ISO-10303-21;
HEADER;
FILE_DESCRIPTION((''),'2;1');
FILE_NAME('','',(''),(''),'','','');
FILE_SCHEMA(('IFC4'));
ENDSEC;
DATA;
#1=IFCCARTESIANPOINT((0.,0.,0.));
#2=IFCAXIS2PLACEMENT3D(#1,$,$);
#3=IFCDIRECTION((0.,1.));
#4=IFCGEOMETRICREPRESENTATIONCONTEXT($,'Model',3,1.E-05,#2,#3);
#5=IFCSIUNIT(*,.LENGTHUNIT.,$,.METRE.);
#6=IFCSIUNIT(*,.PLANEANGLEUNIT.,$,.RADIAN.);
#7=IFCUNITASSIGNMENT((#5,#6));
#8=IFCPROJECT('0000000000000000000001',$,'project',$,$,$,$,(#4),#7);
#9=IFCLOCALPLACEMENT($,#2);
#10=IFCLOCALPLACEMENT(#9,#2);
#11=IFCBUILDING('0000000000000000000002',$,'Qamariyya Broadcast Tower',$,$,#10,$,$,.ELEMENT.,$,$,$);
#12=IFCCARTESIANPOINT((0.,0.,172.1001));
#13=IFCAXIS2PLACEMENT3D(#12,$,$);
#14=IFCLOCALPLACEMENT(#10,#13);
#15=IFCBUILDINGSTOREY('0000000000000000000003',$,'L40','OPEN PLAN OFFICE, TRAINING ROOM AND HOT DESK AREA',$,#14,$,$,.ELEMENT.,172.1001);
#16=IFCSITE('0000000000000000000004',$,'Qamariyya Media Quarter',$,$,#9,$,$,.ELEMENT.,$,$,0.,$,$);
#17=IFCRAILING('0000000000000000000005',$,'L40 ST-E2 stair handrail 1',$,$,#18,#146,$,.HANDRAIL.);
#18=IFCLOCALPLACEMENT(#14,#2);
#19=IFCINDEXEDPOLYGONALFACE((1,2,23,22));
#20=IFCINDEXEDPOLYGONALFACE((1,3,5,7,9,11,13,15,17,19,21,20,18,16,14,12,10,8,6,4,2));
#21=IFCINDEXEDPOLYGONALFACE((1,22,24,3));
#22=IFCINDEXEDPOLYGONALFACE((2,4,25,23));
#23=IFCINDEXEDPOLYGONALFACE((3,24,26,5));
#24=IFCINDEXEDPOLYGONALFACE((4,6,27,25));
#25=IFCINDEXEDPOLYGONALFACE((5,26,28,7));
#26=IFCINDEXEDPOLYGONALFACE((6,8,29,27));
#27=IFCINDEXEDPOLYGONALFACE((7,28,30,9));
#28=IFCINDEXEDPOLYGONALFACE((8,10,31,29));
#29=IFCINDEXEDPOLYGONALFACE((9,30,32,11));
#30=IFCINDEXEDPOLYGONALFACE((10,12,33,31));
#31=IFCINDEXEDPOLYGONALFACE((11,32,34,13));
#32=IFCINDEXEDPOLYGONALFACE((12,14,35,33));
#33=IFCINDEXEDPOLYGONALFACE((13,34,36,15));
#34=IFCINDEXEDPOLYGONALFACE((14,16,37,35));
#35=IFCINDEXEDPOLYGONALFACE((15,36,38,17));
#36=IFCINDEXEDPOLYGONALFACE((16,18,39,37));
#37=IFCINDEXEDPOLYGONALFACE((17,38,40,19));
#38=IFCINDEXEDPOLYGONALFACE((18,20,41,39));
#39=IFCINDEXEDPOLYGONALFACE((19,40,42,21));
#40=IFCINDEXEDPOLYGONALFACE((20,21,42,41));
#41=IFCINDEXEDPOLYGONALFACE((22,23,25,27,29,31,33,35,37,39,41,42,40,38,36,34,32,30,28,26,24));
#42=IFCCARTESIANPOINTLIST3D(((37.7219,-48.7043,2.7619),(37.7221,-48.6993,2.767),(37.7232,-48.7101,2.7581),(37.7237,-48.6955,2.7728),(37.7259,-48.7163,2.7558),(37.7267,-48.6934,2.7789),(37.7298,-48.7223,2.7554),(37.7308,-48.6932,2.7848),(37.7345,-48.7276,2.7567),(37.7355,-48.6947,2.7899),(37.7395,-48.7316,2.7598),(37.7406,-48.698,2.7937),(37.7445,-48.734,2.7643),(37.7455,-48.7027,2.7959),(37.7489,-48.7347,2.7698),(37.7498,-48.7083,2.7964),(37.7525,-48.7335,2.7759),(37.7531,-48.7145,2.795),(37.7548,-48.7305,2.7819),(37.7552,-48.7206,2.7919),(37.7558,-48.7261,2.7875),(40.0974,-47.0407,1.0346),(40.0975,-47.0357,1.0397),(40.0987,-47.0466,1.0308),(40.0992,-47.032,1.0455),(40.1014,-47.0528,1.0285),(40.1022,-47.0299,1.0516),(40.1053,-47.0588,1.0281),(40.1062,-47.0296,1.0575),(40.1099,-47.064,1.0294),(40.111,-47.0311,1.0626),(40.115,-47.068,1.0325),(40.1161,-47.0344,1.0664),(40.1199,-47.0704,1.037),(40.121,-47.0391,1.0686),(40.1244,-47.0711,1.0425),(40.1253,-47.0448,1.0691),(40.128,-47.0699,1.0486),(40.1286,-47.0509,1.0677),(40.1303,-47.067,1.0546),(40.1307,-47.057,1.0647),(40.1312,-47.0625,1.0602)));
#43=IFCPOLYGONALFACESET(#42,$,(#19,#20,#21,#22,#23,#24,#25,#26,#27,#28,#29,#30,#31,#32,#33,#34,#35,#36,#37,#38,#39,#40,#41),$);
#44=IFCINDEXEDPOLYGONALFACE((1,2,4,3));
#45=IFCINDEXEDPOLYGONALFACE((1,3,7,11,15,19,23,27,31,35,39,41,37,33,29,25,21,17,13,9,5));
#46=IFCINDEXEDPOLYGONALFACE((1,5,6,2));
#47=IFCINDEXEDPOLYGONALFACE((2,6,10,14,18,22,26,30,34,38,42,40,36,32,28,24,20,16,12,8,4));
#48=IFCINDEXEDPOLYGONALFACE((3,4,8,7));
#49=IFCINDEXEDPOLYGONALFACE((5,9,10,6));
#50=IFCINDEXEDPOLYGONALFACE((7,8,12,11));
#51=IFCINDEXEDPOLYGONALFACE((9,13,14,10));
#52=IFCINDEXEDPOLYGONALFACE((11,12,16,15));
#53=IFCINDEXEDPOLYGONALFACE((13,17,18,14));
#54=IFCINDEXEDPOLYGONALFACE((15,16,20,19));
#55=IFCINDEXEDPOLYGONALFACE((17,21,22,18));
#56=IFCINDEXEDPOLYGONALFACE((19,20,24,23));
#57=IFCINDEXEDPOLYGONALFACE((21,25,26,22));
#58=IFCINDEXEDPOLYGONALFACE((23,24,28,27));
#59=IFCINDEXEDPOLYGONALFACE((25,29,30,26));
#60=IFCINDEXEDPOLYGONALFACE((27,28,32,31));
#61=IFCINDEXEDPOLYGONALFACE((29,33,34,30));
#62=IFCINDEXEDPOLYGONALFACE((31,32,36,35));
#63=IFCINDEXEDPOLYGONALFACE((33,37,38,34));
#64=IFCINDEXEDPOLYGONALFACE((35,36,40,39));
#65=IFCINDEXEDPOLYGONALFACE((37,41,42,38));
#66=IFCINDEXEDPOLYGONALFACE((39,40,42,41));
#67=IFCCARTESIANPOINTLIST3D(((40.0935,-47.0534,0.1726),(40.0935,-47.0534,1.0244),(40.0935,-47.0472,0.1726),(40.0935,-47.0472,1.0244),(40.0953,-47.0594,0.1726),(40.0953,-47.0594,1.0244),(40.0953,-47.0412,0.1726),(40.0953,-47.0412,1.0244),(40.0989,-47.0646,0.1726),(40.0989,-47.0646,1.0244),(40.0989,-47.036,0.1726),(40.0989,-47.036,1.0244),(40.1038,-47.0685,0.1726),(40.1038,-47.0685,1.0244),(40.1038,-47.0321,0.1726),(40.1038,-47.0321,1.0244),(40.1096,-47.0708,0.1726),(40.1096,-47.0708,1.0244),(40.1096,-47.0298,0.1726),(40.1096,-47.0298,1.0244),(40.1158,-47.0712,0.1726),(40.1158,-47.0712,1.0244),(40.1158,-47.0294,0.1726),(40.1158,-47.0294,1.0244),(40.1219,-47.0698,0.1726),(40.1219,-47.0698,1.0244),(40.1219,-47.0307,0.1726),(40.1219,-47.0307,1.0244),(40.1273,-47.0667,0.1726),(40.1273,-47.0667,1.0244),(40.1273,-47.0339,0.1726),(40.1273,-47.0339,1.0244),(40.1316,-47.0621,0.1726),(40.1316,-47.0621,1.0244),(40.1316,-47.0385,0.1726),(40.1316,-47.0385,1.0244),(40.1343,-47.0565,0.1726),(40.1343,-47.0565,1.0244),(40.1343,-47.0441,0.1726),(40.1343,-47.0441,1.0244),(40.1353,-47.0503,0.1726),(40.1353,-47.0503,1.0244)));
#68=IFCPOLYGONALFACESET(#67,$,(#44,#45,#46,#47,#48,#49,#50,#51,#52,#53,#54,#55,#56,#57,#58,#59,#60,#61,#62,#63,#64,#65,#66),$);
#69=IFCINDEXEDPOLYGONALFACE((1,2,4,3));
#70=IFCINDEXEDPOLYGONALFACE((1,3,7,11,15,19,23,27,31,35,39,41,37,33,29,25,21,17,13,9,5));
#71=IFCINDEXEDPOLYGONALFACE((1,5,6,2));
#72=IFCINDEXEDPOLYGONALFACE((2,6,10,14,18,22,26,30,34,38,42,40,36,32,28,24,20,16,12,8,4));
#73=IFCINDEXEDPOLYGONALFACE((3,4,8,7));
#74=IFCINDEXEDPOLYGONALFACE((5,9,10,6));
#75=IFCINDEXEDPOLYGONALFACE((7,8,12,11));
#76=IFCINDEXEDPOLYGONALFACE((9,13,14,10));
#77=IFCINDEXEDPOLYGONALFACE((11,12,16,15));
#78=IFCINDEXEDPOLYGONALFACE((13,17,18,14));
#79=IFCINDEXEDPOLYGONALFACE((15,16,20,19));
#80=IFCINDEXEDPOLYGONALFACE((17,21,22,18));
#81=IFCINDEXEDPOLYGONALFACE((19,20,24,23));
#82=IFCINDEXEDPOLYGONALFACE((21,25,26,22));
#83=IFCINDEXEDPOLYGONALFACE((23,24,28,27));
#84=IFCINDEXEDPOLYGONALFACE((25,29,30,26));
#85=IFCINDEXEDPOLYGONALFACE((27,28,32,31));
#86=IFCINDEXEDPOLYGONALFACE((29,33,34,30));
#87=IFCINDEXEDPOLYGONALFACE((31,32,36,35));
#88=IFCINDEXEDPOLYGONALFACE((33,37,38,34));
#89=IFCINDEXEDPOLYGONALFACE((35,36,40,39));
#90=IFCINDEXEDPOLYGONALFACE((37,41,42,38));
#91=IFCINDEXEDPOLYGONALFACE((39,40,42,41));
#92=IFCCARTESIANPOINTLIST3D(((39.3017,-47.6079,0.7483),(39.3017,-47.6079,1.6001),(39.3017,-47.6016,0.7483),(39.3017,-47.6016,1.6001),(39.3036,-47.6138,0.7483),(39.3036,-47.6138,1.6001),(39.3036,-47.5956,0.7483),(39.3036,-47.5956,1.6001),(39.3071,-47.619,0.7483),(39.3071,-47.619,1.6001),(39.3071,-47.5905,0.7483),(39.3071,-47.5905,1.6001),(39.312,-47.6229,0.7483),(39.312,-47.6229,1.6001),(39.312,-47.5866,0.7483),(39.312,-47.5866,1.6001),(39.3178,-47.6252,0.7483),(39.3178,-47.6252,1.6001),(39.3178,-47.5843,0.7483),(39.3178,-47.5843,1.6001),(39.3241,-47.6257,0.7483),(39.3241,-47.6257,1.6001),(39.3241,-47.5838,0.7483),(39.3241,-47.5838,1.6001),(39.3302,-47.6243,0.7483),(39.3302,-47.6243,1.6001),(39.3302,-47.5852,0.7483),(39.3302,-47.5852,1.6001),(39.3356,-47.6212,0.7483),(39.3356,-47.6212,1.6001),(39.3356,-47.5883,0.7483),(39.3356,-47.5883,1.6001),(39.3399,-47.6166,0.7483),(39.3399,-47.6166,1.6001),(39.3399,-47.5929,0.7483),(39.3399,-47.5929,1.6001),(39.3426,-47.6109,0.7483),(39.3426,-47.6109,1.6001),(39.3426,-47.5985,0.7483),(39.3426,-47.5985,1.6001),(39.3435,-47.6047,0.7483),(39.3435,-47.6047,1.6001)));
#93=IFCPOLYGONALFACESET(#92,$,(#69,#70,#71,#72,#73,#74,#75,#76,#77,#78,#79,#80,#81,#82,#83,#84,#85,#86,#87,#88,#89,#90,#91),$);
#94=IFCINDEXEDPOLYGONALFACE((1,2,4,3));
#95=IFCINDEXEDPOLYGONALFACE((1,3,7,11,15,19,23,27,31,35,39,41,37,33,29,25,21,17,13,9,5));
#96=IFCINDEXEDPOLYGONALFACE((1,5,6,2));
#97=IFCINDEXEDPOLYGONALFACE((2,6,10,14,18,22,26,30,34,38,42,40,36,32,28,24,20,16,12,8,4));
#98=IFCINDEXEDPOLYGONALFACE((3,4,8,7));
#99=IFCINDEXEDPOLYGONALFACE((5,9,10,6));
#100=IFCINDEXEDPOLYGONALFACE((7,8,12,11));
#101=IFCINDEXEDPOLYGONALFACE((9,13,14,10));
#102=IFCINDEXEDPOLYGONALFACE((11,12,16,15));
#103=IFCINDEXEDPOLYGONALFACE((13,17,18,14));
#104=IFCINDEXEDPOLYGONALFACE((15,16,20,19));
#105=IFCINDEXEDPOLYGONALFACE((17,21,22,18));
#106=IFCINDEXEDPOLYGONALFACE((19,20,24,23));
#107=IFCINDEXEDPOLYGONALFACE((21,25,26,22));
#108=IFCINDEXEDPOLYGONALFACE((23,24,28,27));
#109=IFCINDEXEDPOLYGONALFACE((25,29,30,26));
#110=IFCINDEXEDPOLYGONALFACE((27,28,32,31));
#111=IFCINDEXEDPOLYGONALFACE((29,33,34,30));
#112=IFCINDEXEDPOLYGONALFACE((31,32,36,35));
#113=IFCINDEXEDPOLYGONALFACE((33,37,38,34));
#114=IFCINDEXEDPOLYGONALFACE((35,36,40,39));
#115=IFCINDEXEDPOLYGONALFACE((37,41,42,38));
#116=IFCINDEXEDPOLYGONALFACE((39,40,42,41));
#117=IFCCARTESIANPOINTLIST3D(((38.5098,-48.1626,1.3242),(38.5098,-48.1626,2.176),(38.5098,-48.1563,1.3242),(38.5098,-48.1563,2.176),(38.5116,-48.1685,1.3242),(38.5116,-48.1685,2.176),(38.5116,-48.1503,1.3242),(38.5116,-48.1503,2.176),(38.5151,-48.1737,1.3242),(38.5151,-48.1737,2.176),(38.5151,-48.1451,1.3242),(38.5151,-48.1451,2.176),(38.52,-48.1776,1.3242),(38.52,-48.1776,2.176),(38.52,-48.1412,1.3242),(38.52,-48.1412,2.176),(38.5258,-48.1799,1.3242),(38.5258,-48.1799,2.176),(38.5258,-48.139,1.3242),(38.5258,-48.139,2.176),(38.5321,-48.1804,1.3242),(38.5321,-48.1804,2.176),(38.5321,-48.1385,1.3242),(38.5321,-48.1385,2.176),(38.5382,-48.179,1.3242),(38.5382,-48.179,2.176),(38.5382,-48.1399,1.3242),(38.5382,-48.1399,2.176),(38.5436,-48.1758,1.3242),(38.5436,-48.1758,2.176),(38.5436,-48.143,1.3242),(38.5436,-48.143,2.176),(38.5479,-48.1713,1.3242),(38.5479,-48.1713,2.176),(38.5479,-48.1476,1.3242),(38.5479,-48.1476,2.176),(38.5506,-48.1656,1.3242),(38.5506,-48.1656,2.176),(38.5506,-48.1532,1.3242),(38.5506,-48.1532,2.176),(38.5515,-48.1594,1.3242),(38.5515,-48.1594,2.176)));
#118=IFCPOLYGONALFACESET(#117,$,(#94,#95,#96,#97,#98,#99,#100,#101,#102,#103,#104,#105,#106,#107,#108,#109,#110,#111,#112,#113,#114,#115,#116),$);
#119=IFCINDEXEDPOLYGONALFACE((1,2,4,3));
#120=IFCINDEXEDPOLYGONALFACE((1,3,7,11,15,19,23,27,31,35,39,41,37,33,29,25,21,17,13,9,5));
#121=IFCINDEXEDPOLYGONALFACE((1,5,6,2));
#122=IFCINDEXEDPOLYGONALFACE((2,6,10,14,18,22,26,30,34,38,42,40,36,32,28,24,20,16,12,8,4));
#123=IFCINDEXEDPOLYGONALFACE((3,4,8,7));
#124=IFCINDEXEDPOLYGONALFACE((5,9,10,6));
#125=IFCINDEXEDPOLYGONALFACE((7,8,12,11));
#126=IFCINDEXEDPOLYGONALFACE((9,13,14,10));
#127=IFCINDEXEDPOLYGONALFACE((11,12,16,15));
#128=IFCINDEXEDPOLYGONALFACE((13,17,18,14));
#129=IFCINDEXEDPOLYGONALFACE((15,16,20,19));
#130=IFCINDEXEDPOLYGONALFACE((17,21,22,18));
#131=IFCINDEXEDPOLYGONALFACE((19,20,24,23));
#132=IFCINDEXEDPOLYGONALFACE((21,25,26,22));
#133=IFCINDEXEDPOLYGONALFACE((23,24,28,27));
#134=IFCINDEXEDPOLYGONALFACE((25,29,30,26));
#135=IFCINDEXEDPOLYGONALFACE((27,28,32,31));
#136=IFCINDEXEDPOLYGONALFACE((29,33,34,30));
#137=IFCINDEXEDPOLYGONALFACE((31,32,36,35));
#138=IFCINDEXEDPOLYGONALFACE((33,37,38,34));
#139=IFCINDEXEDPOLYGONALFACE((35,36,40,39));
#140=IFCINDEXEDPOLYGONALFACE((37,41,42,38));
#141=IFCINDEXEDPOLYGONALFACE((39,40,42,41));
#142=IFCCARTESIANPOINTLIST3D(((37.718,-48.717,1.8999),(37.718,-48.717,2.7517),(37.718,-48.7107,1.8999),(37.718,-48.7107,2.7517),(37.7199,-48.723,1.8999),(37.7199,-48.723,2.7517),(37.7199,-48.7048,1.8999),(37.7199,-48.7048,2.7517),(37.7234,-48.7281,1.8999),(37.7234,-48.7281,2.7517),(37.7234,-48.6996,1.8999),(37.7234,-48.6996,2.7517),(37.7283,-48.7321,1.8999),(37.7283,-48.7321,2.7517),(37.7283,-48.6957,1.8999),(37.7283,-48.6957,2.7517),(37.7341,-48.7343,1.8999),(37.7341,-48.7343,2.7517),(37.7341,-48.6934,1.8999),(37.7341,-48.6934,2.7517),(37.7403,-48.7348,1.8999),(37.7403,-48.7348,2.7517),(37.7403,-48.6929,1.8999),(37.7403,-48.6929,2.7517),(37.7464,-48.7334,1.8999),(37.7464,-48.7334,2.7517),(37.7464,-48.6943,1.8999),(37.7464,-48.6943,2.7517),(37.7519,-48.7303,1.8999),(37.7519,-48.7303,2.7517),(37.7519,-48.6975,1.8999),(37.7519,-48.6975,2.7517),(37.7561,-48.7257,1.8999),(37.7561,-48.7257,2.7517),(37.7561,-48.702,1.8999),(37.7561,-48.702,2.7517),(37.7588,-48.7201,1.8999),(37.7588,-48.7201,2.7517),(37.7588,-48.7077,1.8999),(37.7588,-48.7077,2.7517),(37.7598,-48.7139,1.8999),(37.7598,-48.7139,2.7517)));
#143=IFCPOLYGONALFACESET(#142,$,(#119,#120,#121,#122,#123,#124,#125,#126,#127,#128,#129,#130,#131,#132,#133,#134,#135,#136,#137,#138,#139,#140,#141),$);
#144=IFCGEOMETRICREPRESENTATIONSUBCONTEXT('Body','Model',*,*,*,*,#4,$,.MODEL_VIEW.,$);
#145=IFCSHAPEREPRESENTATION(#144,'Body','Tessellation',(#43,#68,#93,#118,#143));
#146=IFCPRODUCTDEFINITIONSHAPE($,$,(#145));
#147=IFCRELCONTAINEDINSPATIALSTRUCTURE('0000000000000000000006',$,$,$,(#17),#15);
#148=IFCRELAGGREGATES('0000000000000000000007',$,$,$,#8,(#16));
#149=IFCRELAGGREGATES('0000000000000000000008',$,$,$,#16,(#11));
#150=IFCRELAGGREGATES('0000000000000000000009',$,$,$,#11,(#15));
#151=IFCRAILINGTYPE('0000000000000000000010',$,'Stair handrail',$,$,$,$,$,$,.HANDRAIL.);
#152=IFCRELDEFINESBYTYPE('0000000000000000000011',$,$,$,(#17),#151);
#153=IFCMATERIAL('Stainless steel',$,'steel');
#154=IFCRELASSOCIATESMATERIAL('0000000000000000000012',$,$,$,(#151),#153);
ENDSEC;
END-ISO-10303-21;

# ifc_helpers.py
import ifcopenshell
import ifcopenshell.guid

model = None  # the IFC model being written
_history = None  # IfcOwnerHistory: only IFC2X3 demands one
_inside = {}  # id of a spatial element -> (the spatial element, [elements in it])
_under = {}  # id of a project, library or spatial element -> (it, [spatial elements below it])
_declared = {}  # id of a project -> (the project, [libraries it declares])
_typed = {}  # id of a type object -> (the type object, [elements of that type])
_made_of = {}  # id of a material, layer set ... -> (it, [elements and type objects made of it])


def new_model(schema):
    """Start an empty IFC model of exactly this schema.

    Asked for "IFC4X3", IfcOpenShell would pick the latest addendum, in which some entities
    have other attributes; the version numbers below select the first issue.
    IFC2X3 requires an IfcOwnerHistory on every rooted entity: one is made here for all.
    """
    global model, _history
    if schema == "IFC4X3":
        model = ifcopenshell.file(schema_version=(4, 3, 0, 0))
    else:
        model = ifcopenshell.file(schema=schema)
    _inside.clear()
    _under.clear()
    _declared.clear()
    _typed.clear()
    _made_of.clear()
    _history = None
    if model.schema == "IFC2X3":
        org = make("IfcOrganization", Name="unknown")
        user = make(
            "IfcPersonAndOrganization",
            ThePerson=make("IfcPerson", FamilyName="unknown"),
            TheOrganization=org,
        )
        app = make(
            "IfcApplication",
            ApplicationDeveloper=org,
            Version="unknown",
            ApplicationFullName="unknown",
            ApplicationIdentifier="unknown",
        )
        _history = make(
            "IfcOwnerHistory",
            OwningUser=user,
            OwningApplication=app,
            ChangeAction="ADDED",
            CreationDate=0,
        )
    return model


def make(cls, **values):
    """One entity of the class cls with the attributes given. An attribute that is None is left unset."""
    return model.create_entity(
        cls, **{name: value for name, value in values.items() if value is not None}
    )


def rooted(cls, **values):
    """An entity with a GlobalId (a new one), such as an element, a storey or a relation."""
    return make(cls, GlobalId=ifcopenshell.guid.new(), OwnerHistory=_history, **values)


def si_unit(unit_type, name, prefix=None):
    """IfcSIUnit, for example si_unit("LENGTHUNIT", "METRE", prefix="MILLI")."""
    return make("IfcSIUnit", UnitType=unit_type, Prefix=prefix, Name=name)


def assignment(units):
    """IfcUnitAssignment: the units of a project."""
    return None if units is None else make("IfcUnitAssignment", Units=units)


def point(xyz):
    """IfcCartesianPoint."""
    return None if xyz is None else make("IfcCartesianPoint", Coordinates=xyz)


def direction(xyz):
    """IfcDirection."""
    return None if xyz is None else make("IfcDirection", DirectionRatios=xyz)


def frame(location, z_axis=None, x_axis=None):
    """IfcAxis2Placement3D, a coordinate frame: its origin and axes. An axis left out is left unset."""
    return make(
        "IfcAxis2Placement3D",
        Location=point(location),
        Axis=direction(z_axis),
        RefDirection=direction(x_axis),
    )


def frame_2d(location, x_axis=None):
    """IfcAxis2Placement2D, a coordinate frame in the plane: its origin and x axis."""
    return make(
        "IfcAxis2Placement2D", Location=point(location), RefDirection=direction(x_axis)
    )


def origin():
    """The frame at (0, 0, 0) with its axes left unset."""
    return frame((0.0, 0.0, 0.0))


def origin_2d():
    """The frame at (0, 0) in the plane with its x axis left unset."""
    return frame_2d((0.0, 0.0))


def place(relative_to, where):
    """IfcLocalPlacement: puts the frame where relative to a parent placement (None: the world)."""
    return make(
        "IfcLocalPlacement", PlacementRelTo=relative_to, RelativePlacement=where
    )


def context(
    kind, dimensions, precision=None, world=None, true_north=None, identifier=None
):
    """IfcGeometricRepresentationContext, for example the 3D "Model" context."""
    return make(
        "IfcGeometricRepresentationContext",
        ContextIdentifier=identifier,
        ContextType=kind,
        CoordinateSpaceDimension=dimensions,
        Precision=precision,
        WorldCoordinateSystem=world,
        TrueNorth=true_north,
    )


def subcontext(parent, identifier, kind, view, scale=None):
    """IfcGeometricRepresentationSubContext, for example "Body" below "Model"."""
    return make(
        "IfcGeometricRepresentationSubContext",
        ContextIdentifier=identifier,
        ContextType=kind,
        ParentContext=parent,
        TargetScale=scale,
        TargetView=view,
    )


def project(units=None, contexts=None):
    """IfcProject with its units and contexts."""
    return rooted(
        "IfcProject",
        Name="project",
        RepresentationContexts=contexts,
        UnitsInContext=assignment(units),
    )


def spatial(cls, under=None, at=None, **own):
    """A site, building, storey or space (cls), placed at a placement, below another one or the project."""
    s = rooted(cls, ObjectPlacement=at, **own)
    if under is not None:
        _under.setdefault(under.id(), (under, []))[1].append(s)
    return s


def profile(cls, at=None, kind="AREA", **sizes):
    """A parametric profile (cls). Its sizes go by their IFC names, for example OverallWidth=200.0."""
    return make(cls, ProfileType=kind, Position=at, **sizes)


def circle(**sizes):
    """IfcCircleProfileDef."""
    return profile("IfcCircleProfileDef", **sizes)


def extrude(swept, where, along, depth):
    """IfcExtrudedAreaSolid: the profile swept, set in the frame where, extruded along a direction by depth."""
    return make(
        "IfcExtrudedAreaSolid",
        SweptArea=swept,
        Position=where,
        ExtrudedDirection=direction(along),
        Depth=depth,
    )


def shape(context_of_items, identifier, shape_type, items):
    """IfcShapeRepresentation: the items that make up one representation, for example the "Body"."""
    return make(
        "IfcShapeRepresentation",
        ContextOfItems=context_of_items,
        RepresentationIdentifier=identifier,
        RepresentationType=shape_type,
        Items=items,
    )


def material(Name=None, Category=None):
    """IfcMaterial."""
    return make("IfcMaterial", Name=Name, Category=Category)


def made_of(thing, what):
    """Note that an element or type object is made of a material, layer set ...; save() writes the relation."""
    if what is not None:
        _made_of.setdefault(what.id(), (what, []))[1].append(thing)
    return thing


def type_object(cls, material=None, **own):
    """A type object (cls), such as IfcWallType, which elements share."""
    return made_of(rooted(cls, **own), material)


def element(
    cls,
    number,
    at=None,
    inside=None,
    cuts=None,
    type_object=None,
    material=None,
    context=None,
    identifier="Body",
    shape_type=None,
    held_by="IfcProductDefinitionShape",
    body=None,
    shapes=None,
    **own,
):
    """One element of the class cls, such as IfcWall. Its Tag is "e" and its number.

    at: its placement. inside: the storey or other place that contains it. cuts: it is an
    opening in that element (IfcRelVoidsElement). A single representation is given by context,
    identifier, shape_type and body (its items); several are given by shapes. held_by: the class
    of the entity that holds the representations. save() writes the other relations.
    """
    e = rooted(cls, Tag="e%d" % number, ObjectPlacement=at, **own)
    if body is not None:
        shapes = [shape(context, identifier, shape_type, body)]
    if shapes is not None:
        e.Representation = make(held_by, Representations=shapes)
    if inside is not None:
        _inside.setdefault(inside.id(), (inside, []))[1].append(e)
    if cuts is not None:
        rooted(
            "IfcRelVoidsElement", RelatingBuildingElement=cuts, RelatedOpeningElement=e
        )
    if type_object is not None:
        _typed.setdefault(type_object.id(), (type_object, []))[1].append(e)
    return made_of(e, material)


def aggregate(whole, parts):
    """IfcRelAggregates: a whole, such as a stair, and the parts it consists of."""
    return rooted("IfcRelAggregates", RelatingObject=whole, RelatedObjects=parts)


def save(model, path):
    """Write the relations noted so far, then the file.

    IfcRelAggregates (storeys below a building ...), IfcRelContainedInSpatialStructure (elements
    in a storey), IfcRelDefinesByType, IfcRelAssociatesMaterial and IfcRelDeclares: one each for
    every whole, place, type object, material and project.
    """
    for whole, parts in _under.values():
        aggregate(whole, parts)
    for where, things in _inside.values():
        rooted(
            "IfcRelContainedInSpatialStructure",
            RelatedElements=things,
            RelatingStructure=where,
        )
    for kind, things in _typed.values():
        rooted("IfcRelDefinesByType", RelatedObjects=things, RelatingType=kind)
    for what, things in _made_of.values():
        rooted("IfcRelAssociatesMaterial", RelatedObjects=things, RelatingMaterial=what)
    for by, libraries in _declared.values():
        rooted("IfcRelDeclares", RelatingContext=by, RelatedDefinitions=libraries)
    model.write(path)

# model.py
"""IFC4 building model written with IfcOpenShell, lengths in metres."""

from ifc_helpers import new_model, si_unit, direction, frame, origin, origin_2d, place, context, subcontext, project, spatial, circle, extrude, material, type_object, element, save


model = new_model("IFC4")

# Units and contexts
model_context = context("Model", 3, precision=1e-05, world=origin(), true_north=direction((0.0, 1.0)))
body_context = subcontext(model_context, "Body", "Model", "MODEL_VIEW")
ifc_project = project(units=[si_unit("LENGTHUNIT", "METRE"), si_unit("PLANEANGLEUNIT", "RADIAN")], contexts=[model_context])

# Site, building, storey
site_placement = place(None, origin())
site = spatial("IfcSite", under=ifc_project, at=site_placement, Name="Qamariyya Media Quarter", CompositionType="ELEMENT", RefElevation=0.0)
building_placement = place(site_placement, origin())
building = spatial("IfcBuilding", under=site, at=building_placement, Name="Qamariyya Broadcast Tower", CompositionType="ELEMENT")
storey_placement = place(building_placement, frame((0.0, 0.0, 172.1001)))
storey = spatial("IfcBuildingStorey", under=building, at=storey_placement, Name="L40", Description="OPEN PLAN OFFICE, TRAINING ROOM AND HOT DESK AREA", CompositionType="ELEMENT", Elevation=172.1001)

# Railing
ifc_material_1 = material(Name="Stainless steel", Category="steel")
railing_type_1 = type_object("IfcRailingType", Name="Stair handrail", PredefinedType="HANDRAIL", material=ifc_material_1)
railing_1_placement = place(storey_placement, frame((40.1143, -47.0503, 0.1726)))
element("IfcRailing", 1, at=railing_1_placement, inside=storey, type_object=railing_type_1, Name="L40 ST-E2 stair handrail 1", PredefinedType="HANDRAIL", context=body_context, shape_type="SweptSolid", body=[
    extrude(circle(Radius=0.0239, at=origin_2d()), frame((0.0, 0.0, 0.876), z_axis=(-0.703745, -0.492838, 0.511716), x_axis=(0.573632, -0.819113, 0.0)), (0.0, 0.0, 1.0), 3.3755),
    extrude(circle(Radius=0.021, at=origin_2d()), origin(), (0.0, 0.0, 1.0), 0.8518),
    extrude(circle(Radius=0.021, at=origin_2d()), frame((-0.7917, -0.5544, 0.5757)), (0.0, 0.0, 1.0), 0.8518),
    extrude(circle(Radius=0.021, at=origin_2d()), frame((-1.5837, -1.1091, 1.1516)), (0.0, 0.0, 1.0), 0.8518),
    extrude(circle(Radius=0.021, at=origin_2d()), frame((-2.3755, -1.6636, 1.7273)), (0.0, 0.0, 1.0), 0.8518),
])

save(model, "model.ifc")
